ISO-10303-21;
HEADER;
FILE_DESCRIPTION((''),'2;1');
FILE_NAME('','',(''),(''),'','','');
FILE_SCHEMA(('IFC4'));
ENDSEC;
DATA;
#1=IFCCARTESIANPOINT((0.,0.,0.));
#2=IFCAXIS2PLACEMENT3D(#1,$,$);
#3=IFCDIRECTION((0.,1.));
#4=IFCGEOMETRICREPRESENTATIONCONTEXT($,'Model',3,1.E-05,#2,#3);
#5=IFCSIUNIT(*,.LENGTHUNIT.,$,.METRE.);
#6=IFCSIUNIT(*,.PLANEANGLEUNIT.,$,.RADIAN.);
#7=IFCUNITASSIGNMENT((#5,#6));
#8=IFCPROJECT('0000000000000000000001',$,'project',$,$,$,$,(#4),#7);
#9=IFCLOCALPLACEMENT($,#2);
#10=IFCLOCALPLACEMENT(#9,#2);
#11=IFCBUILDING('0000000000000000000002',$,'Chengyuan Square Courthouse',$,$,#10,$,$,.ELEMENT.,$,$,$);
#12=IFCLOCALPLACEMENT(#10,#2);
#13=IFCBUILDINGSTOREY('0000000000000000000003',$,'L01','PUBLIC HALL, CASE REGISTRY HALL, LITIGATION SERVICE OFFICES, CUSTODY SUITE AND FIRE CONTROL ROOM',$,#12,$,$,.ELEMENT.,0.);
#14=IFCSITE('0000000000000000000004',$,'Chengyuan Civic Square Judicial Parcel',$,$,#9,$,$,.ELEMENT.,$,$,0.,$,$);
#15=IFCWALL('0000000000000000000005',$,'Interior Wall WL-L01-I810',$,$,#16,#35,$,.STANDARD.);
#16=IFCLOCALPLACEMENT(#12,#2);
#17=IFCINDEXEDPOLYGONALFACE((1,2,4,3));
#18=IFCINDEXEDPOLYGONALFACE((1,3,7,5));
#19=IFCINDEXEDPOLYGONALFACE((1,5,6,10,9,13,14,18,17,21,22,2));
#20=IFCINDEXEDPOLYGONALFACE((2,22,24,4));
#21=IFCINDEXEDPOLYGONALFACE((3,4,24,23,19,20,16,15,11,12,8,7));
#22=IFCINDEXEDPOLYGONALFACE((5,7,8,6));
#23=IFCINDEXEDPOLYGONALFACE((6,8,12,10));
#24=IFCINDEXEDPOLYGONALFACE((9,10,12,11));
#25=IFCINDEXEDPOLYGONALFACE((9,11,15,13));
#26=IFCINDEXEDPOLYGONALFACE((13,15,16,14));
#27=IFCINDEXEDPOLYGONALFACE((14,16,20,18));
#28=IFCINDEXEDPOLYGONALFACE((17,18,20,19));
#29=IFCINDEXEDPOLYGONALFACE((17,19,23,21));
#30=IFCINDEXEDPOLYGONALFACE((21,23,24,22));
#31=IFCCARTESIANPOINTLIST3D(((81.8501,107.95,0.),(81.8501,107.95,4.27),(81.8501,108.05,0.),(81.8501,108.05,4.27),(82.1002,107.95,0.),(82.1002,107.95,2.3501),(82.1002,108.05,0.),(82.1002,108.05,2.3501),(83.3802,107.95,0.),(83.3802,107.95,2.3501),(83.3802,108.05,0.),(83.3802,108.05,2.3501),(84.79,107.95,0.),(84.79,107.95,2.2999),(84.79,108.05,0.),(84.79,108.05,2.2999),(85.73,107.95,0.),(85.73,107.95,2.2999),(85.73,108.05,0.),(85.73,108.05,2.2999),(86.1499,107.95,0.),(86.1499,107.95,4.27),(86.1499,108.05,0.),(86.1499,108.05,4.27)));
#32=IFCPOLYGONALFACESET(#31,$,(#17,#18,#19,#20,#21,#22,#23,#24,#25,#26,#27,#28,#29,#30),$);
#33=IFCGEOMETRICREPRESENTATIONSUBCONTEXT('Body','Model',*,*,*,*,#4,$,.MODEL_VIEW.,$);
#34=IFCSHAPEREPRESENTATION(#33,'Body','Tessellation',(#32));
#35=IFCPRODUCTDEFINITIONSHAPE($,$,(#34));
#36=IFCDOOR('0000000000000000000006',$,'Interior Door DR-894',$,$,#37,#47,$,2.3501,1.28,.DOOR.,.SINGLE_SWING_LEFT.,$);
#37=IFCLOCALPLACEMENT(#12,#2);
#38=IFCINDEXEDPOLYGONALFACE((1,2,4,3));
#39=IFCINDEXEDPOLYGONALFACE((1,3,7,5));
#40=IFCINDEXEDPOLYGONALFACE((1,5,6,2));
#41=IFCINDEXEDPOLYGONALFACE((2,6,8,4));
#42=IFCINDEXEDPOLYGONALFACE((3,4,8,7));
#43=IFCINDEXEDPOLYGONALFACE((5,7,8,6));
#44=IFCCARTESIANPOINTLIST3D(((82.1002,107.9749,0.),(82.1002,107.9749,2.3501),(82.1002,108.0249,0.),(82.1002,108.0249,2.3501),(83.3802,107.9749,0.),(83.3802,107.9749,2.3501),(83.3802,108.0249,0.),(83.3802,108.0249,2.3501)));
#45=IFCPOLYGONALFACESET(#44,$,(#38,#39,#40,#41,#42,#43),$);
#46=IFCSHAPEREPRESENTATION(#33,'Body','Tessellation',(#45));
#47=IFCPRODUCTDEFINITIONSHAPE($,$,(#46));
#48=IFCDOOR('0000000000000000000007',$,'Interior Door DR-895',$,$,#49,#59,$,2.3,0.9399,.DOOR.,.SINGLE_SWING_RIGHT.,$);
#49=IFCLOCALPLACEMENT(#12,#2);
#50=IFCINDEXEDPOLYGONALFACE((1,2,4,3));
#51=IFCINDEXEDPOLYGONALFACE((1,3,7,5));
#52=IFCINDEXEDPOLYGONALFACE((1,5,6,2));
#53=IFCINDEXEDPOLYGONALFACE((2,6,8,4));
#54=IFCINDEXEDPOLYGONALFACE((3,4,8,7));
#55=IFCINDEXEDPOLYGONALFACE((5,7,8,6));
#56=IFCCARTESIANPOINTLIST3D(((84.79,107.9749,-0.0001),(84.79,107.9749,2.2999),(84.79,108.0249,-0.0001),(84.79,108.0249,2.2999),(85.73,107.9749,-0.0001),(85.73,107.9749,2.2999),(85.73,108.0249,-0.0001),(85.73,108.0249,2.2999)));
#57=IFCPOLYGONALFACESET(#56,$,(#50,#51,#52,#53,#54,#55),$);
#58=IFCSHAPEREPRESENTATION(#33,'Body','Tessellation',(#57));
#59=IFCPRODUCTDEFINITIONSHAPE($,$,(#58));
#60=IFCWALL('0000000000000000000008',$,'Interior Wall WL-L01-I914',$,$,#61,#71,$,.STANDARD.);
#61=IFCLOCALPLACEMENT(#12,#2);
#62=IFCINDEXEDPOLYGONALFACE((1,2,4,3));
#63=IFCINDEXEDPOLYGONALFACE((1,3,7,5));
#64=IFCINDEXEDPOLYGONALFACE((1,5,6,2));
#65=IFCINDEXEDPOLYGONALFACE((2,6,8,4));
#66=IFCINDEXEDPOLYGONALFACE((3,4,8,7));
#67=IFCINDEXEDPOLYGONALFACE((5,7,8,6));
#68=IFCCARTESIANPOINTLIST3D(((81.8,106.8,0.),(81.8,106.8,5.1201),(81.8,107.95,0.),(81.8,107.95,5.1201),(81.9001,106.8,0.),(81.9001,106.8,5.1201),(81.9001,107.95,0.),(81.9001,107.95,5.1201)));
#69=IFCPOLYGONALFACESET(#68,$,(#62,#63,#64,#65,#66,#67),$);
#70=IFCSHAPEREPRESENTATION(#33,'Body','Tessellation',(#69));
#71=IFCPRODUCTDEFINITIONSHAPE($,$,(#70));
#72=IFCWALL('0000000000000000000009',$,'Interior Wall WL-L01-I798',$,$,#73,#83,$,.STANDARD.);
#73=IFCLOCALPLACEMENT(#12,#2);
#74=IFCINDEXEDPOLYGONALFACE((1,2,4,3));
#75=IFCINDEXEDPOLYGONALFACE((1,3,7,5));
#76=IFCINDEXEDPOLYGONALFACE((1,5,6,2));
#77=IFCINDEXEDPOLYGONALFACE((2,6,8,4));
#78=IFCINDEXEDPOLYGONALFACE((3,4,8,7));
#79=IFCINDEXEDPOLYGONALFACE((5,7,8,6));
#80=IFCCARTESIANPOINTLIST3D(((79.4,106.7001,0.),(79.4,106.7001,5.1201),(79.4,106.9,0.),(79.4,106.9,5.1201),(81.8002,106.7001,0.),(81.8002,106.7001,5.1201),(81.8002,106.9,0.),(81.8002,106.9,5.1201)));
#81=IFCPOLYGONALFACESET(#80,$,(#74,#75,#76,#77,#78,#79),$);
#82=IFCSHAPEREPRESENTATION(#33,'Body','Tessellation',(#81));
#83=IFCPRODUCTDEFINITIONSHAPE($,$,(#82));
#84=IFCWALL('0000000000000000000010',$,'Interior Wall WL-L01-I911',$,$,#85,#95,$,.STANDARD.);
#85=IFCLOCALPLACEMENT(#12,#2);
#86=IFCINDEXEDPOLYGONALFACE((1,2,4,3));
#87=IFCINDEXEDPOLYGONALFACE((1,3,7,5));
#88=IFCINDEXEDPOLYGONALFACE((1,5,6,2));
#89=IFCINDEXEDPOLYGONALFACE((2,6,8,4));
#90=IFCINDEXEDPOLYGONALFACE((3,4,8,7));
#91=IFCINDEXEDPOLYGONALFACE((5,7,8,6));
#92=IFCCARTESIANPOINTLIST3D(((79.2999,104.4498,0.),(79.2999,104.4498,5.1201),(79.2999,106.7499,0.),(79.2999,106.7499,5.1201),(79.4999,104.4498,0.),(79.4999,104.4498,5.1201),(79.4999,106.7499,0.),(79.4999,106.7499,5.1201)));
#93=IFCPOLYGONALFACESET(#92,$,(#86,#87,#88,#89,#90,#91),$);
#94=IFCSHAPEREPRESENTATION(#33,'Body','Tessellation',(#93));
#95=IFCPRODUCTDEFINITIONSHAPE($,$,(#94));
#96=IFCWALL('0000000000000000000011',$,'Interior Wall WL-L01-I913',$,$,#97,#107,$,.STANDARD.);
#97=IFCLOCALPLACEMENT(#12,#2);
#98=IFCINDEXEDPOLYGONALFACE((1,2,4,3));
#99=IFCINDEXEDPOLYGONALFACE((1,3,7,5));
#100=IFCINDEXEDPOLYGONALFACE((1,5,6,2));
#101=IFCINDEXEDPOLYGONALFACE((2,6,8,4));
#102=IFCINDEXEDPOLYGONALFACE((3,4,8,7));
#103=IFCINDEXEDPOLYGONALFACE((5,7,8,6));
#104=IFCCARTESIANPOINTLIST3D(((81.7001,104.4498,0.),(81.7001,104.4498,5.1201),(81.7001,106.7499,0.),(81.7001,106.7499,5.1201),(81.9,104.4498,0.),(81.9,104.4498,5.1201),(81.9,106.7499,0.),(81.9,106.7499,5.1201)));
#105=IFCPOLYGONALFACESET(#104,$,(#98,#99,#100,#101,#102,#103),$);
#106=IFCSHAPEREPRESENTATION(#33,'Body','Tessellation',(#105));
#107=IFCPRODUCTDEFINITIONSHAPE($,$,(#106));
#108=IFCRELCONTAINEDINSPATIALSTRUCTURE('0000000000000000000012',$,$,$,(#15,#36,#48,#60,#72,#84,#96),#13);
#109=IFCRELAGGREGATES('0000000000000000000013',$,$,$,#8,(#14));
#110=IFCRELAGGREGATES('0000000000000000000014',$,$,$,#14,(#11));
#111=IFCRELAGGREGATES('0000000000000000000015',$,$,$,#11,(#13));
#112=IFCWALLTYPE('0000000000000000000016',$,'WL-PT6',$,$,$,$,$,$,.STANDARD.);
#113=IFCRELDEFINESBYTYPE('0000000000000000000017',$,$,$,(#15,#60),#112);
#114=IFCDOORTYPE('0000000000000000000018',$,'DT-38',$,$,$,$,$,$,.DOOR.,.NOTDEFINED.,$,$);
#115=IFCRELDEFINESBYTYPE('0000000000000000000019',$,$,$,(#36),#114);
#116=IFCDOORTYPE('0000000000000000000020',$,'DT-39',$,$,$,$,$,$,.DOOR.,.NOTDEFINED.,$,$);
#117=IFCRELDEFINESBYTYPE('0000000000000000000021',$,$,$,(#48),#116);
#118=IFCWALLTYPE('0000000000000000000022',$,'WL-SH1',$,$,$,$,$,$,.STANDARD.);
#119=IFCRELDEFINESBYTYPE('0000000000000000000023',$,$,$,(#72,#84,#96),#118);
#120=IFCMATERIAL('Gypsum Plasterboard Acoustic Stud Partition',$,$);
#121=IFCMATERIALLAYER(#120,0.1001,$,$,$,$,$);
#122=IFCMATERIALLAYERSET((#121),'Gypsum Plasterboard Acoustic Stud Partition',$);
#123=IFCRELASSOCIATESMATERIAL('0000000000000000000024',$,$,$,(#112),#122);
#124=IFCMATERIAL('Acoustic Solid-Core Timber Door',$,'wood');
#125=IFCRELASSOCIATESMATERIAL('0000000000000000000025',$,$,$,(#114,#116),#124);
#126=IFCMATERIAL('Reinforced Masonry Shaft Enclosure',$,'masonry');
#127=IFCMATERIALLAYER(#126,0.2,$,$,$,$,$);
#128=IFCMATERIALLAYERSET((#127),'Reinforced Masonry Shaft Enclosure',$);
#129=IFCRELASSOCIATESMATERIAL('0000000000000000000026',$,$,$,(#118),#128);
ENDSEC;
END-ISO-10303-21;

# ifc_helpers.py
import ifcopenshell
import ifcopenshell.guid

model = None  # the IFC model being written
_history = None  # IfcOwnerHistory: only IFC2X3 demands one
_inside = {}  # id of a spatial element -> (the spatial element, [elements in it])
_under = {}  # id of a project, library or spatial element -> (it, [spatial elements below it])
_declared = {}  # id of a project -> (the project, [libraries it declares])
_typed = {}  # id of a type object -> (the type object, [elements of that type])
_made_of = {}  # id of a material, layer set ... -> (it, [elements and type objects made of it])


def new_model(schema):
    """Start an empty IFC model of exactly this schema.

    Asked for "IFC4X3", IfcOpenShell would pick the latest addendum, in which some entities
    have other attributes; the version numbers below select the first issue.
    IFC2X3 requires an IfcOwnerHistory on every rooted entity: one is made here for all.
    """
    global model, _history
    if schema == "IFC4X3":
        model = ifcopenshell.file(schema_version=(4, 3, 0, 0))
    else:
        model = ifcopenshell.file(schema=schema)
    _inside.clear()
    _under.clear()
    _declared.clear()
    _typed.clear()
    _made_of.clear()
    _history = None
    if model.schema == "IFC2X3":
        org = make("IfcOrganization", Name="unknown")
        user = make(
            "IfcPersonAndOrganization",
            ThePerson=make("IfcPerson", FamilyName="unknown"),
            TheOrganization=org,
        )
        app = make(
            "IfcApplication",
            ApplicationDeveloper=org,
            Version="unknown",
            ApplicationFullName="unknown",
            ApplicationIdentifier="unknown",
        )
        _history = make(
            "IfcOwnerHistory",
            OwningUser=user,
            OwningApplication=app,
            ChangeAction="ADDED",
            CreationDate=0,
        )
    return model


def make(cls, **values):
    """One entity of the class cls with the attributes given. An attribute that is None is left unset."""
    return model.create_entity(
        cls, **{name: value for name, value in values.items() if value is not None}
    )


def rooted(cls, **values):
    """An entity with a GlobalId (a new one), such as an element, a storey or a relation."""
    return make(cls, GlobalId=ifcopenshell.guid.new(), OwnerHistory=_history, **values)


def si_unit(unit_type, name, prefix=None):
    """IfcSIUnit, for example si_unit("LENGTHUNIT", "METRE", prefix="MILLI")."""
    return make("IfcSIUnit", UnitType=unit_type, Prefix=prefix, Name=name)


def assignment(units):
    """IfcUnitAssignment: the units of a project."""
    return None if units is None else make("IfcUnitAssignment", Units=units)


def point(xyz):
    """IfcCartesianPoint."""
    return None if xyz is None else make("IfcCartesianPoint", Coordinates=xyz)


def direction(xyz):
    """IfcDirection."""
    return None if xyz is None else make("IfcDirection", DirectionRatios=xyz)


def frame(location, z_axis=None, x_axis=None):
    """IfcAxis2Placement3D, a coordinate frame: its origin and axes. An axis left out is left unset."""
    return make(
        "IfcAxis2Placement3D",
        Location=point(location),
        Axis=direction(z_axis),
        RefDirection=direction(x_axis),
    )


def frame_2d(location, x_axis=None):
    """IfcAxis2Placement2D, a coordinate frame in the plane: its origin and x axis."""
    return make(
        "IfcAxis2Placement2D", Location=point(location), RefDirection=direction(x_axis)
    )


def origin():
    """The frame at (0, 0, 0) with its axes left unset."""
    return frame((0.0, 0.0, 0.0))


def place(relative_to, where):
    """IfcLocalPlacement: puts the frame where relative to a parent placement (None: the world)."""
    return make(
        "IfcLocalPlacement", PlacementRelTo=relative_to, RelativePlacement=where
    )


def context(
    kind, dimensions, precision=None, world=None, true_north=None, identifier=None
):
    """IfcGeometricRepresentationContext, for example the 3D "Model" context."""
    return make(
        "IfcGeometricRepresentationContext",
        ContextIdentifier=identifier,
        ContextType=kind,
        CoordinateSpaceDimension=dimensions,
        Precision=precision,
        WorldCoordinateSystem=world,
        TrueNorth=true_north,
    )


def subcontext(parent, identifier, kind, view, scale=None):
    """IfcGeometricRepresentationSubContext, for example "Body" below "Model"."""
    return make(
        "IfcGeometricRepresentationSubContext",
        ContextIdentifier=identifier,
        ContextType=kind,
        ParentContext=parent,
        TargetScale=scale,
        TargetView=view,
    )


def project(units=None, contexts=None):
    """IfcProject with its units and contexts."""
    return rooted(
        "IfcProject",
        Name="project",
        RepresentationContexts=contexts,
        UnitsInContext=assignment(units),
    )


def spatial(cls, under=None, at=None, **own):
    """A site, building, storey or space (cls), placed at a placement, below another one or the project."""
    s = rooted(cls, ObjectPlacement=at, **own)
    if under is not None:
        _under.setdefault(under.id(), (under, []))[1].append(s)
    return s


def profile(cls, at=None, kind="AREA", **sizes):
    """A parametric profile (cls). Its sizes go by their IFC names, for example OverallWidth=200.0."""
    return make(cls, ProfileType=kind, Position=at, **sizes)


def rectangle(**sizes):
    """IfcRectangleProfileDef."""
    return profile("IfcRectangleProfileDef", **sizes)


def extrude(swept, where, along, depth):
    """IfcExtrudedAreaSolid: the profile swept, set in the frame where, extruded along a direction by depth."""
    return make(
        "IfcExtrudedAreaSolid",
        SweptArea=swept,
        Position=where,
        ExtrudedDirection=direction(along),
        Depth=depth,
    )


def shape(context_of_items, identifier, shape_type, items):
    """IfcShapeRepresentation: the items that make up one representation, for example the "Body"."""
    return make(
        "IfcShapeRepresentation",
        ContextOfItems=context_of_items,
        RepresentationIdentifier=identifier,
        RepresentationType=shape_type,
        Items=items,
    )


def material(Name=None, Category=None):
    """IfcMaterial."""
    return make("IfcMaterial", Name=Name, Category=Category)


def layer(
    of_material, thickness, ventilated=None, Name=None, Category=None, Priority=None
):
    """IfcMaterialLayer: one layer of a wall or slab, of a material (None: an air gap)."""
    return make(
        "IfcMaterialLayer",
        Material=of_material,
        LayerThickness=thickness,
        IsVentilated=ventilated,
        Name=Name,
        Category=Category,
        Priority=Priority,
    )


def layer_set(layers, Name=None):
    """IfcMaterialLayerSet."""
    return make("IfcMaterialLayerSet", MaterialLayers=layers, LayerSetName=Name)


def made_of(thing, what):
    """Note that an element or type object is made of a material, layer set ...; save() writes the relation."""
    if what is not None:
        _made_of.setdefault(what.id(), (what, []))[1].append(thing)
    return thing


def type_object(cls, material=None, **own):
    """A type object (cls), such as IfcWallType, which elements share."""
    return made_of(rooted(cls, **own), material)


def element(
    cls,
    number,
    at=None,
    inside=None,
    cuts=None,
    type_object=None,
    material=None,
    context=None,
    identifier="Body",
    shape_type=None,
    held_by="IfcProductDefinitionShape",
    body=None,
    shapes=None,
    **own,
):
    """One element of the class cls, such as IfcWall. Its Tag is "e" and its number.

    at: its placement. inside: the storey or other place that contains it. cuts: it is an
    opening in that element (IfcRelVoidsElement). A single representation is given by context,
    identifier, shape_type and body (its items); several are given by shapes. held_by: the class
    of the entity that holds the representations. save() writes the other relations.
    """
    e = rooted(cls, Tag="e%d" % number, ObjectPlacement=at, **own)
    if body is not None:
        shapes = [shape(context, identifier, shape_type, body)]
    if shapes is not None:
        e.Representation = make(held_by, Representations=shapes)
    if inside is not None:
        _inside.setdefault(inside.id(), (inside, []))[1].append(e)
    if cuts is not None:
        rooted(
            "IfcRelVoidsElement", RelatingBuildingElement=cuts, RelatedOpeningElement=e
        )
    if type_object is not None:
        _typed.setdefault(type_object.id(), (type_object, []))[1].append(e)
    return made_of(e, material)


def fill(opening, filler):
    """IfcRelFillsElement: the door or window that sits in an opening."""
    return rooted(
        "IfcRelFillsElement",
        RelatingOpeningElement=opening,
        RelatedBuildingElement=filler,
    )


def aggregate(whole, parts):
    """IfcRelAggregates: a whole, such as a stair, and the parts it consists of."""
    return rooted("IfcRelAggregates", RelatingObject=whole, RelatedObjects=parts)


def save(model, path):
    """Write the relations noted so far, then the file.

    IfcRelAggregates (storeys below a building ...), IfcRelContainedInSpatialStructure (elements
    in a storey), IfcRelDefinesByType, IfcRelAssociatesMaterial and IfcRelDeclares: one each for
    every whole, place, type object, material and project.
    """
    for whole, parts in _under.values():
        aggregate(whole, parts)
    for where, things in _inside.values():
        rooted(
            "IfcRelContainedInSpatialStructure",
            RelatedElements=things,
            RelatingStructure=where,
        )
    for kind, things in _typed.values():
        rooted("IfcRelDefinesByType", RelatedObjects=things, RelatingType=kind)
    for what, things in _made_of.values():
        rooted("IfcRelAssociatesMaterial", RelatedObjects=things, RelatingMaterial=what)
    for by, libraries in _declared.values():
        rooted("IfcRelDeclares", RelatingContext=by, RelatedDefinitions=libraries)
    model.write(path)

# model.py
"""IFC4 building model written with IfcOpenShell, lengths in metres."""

from ifc_helpers import new_model, si_unit, direction, frame, frame_2d, origin, place, context, subcontext, project, spatial, rectangle, extrude, material, layer, layer_set, type_object, element, fill, save


model = new_model("IFC4")

# Units and contexts
model_context = context("Model", 3, precision=1e-05, world=origin(), true_north=direction((0.0, 1.0)))
body_context = subcontext(model_context, "Body", "Model", "MODEL_VIEW")
ifc_project = project(units=[si_unit("LENGTHUNIT", "METRE"), si_unit("PLANEANGLEUNIT", "RADIAN")], contexts=[model_context])

# Site, building, storey
site_placement = place(None, origin())
site = spatial("IfcSite", under=ifc_project, at=site_placement, Name="Chengyuan Civic Square Judicial Parcel", CompositionType="ELEMENT", RefElevation=0.0)
building_placement = place(site_placement, origin())
building = spatial("IfcBuilding", under=site, at=building_placement, Name="Chengyuan Square Courthouse", CompositionType="ELEMENT")
storey_placement = place(building_placement, origin())
storey = spatial("IfcBuildingStorey", under=building, at=storey_placement, Name="L01", Description="PUBLIC HALL, CASE REGISTRY HALL, LITIGATION SERVICE OFFICES, CUSTODY SUITE AND FIRE CONTROL ROOM", CompositionType="ELEMENT", Elevation=0.0)

# Wall, openings, doors
ifc_material_1 = material(Name="Gypsum Plasterboard Acoustic Stud Partition")
ifc_layer_1 = layer(ifc_material_1, 0.1001)
ifc_layer_set_1 = layer_set([ifc_layer_1], Name="Gypsum Plasterboard Acoustic Stud Partition")
wall_type_1 = type_object("IfcWallType", Name="WL-PT6", PredefinedType="STANDARD", material=ifc_layer_set_1)
wall_1_placement = place(storey_placement, frame((81.8501, 108.0, 0.0), z_axis=(0.0, 0.0, 1.0), x_axis=(1.0, 0.0, 0.0)))
wall_1 = element("IfcWall", 1, at=wall_1_placement, inside=storey, type_object=wall_type_1, Name="Interior Wall WL-L01-I810", PredefinedType="STANDARD", context=body_context, shape_type="SweptSolid", body=[
    extrude(rectangle(XDim=4.2998, YDim=0.1001, at=frame_2d((2.1499, 0.0))), origin(), (0.0, 0.0, 1.0), 4.27),
])
opening_1_placement = place(wall_1_placement, frame((0.25, 0.0, 0.0)))
opening_1 = element("IfcOpeningElement", 2, at=opening_1_placement, cuts=wall_1, PredefinedType="OPENING", context=body_context, shape_type="SweptSolid", body=[
    extrude(rectangle(XDim=1.28, YDim=2.3501, at=frame_2d((0.6401, 1.175))), frame((0.0, 0.062, 0.0), z_axis=(0.0, -1.0, 0.0), x_axis=(1.0, 0.0, 0.0)), (0.0, 0.0, 1.0), 0.124),
])
opening_2_placement = place(wall_1_placement, frame((2.9399, 0.0, 0.0)))
opening_2 = element("IfcOpeningElement", 3, at=opening_2_placement, cuts=wall_1, PredefinedType="OPENING", context=body_context, shape_type="SweptSolid", body=[
    extrude(rectangle(XDim=0.9399, YDim=2.3, at=frame_2d((0.47, 1.1499))), frame((0.0, 0.062, 0.0), z_axis=(0.0, -1.0, 0.0), x_axis=(1.0, 0.0, 0.0)), (0.0, 0.0, 1.0), 0.124),
])
ifc_material_2 = material(Name="Acoustic Solid-Core Timber Door", Category="wood")
door_type_1 = type_object("IfcDoorType", Name="DT-38", OperationType="NOTDEFINED", PredefinedType="DOOR", material=ifc_material_2)
door_1_placement = place(opening_1_placement, origin())
door_1 = element("IfcDoor", 4, at=door_1_placement, inside=storey, type_object=door_type_1, Name="Interior Door DR-894", OperationType="SINGLE_SWING_LEFT", OverallHeight=2.3501, OverallWidth=1.28, PredefinedType="DOOR", context=body_context, shape_type="SweptSolid", body=[
    extrude(rectangle(XDim=1.28, YDim=2.3501, at=frame_2d((0.6401, 1.175))), frame((0.0, 0.0249, 0.0), z_axis=(0.0, -1.0, 0.0), x_axis=(1.0, 0.0, 0.0)), (0.0, 0.0, 1.0), 0.05),
])
fill(opening_1, door_1)
door_type_2 = type_object("IfcDoorType", Name="DT-39", OperationType="NOTDEFINED", PredefinedType="DOOR", material=ifc_material_2)
door_2_placement = place(opening_2_placement, origin())
door_2 = element("IfcDoor", 5, at=door_2_placement, inside=storey, type_object=door_type_2, Name="Interior Door DR-895", OperationType="SINGLE_SWING_RIGHT", OverallHeight=2.3, OverallWidth=0.9399, PredefinedType="DOOR", context=body_context, shape_type="SweptSolid", body=[
    extrude(rectangle(XDim=0.9399, YDim=2.3, at=frame_2d((0.47, 1.1499))), frame((0.0, 0.0249, 0.0), z_axis=(0.0, -1.0, 0.0), x_axis=(1.0, 0.0, 0.0)), (0.0, 0.0, 1.0), 0.05),
])
fill(opening_2, door_2)

# Wall
wall_2_placement = place(storey_placement, frame((81.8501, 106.8, 0.0), z_axis=(0.0, 0.0, 1.0), x_axis=(0.0, 1.0, 0.0)))
element("IfcWall", 6, at=wall_2_placement, inside=storey, type_object=wall_type_1, Name="Interior Wall WL-L01-I914", PredefinedType="STANDARD", context=body_context, shape_type="SweptSolid", body=[
    extrude(rectangle(XDim=1.1499, YDim=0.1001, at=frame_2d((0.575, 0.0))), origin(), (0.0, 0.0, 1.0), 5.1201),
])

# Shared definitions
ifc_material_3 = material(Name="Reinforced Masonry Shaft Enclosure", Category="masonry")
ifc_layer_2 = layer(ifc_material_3, 0.2)
ifc_layer_set_2 = layer_set([ifc_layer_2], Name="Reinforced Masonry Shaft Enclosure")
wall_type_2 = type_object("IfcWallType", Name="WL-SH1", PredefinedType="STANDARD", material=ifc_layer_set_2)

# Walls
wall_3_placement = place(storey_placement, frame((79.3999, 106.8, 0.0), z_axis=(0.0, 0.0, 1.0), x_axis=(1.0, 0.0, 0.0)))
element("IfcWall", 7, at=wall_3_placement, inside=storey, type_object=wall_type_2, Name="Interior Wall WL-L01-I798", PredefinedType="STANDARD", context=body_context, shape_type="SweptSolid", body=[
    extrude(rectangle(XDim=2.4001, YDim=0.2, at=frame_2d((1.2002, 0.0))), origin(), (0.0, 0.0, 1.0), 5.1201),
])
for number, where, z_axis, x_axis, name in (
    (8, (79.3999, 104.45, 0.0), (0.0, 0.0, 1.0), (0.0, 1.0, 0.0), "Interior Wall WL-L01-I911"),
    (9, (81.8, 104.45, 0.0), (0.0, 0.0, 1.0), (0.0, 1.0, 0.0), "Interior Wall WL-L01-I913"),
):
    element("IfcWall", number, at=place(storey_placement, frame(where, z_axis=z_axis, x_axis=x_axis)), inside=storey, type_object=wall_type_2, Name=name, PredefinedType="STANDARD", context=body_context, shape_type="SweptSolid", body=[
        extrude(rectangle(XDim=2.3, YDim=0.2, at=frame_2d((1.1499, 0.0))), origin(), (0.0, 0.0, 1.0), 5.1201),
    ])

save(model, "model.ifc")
